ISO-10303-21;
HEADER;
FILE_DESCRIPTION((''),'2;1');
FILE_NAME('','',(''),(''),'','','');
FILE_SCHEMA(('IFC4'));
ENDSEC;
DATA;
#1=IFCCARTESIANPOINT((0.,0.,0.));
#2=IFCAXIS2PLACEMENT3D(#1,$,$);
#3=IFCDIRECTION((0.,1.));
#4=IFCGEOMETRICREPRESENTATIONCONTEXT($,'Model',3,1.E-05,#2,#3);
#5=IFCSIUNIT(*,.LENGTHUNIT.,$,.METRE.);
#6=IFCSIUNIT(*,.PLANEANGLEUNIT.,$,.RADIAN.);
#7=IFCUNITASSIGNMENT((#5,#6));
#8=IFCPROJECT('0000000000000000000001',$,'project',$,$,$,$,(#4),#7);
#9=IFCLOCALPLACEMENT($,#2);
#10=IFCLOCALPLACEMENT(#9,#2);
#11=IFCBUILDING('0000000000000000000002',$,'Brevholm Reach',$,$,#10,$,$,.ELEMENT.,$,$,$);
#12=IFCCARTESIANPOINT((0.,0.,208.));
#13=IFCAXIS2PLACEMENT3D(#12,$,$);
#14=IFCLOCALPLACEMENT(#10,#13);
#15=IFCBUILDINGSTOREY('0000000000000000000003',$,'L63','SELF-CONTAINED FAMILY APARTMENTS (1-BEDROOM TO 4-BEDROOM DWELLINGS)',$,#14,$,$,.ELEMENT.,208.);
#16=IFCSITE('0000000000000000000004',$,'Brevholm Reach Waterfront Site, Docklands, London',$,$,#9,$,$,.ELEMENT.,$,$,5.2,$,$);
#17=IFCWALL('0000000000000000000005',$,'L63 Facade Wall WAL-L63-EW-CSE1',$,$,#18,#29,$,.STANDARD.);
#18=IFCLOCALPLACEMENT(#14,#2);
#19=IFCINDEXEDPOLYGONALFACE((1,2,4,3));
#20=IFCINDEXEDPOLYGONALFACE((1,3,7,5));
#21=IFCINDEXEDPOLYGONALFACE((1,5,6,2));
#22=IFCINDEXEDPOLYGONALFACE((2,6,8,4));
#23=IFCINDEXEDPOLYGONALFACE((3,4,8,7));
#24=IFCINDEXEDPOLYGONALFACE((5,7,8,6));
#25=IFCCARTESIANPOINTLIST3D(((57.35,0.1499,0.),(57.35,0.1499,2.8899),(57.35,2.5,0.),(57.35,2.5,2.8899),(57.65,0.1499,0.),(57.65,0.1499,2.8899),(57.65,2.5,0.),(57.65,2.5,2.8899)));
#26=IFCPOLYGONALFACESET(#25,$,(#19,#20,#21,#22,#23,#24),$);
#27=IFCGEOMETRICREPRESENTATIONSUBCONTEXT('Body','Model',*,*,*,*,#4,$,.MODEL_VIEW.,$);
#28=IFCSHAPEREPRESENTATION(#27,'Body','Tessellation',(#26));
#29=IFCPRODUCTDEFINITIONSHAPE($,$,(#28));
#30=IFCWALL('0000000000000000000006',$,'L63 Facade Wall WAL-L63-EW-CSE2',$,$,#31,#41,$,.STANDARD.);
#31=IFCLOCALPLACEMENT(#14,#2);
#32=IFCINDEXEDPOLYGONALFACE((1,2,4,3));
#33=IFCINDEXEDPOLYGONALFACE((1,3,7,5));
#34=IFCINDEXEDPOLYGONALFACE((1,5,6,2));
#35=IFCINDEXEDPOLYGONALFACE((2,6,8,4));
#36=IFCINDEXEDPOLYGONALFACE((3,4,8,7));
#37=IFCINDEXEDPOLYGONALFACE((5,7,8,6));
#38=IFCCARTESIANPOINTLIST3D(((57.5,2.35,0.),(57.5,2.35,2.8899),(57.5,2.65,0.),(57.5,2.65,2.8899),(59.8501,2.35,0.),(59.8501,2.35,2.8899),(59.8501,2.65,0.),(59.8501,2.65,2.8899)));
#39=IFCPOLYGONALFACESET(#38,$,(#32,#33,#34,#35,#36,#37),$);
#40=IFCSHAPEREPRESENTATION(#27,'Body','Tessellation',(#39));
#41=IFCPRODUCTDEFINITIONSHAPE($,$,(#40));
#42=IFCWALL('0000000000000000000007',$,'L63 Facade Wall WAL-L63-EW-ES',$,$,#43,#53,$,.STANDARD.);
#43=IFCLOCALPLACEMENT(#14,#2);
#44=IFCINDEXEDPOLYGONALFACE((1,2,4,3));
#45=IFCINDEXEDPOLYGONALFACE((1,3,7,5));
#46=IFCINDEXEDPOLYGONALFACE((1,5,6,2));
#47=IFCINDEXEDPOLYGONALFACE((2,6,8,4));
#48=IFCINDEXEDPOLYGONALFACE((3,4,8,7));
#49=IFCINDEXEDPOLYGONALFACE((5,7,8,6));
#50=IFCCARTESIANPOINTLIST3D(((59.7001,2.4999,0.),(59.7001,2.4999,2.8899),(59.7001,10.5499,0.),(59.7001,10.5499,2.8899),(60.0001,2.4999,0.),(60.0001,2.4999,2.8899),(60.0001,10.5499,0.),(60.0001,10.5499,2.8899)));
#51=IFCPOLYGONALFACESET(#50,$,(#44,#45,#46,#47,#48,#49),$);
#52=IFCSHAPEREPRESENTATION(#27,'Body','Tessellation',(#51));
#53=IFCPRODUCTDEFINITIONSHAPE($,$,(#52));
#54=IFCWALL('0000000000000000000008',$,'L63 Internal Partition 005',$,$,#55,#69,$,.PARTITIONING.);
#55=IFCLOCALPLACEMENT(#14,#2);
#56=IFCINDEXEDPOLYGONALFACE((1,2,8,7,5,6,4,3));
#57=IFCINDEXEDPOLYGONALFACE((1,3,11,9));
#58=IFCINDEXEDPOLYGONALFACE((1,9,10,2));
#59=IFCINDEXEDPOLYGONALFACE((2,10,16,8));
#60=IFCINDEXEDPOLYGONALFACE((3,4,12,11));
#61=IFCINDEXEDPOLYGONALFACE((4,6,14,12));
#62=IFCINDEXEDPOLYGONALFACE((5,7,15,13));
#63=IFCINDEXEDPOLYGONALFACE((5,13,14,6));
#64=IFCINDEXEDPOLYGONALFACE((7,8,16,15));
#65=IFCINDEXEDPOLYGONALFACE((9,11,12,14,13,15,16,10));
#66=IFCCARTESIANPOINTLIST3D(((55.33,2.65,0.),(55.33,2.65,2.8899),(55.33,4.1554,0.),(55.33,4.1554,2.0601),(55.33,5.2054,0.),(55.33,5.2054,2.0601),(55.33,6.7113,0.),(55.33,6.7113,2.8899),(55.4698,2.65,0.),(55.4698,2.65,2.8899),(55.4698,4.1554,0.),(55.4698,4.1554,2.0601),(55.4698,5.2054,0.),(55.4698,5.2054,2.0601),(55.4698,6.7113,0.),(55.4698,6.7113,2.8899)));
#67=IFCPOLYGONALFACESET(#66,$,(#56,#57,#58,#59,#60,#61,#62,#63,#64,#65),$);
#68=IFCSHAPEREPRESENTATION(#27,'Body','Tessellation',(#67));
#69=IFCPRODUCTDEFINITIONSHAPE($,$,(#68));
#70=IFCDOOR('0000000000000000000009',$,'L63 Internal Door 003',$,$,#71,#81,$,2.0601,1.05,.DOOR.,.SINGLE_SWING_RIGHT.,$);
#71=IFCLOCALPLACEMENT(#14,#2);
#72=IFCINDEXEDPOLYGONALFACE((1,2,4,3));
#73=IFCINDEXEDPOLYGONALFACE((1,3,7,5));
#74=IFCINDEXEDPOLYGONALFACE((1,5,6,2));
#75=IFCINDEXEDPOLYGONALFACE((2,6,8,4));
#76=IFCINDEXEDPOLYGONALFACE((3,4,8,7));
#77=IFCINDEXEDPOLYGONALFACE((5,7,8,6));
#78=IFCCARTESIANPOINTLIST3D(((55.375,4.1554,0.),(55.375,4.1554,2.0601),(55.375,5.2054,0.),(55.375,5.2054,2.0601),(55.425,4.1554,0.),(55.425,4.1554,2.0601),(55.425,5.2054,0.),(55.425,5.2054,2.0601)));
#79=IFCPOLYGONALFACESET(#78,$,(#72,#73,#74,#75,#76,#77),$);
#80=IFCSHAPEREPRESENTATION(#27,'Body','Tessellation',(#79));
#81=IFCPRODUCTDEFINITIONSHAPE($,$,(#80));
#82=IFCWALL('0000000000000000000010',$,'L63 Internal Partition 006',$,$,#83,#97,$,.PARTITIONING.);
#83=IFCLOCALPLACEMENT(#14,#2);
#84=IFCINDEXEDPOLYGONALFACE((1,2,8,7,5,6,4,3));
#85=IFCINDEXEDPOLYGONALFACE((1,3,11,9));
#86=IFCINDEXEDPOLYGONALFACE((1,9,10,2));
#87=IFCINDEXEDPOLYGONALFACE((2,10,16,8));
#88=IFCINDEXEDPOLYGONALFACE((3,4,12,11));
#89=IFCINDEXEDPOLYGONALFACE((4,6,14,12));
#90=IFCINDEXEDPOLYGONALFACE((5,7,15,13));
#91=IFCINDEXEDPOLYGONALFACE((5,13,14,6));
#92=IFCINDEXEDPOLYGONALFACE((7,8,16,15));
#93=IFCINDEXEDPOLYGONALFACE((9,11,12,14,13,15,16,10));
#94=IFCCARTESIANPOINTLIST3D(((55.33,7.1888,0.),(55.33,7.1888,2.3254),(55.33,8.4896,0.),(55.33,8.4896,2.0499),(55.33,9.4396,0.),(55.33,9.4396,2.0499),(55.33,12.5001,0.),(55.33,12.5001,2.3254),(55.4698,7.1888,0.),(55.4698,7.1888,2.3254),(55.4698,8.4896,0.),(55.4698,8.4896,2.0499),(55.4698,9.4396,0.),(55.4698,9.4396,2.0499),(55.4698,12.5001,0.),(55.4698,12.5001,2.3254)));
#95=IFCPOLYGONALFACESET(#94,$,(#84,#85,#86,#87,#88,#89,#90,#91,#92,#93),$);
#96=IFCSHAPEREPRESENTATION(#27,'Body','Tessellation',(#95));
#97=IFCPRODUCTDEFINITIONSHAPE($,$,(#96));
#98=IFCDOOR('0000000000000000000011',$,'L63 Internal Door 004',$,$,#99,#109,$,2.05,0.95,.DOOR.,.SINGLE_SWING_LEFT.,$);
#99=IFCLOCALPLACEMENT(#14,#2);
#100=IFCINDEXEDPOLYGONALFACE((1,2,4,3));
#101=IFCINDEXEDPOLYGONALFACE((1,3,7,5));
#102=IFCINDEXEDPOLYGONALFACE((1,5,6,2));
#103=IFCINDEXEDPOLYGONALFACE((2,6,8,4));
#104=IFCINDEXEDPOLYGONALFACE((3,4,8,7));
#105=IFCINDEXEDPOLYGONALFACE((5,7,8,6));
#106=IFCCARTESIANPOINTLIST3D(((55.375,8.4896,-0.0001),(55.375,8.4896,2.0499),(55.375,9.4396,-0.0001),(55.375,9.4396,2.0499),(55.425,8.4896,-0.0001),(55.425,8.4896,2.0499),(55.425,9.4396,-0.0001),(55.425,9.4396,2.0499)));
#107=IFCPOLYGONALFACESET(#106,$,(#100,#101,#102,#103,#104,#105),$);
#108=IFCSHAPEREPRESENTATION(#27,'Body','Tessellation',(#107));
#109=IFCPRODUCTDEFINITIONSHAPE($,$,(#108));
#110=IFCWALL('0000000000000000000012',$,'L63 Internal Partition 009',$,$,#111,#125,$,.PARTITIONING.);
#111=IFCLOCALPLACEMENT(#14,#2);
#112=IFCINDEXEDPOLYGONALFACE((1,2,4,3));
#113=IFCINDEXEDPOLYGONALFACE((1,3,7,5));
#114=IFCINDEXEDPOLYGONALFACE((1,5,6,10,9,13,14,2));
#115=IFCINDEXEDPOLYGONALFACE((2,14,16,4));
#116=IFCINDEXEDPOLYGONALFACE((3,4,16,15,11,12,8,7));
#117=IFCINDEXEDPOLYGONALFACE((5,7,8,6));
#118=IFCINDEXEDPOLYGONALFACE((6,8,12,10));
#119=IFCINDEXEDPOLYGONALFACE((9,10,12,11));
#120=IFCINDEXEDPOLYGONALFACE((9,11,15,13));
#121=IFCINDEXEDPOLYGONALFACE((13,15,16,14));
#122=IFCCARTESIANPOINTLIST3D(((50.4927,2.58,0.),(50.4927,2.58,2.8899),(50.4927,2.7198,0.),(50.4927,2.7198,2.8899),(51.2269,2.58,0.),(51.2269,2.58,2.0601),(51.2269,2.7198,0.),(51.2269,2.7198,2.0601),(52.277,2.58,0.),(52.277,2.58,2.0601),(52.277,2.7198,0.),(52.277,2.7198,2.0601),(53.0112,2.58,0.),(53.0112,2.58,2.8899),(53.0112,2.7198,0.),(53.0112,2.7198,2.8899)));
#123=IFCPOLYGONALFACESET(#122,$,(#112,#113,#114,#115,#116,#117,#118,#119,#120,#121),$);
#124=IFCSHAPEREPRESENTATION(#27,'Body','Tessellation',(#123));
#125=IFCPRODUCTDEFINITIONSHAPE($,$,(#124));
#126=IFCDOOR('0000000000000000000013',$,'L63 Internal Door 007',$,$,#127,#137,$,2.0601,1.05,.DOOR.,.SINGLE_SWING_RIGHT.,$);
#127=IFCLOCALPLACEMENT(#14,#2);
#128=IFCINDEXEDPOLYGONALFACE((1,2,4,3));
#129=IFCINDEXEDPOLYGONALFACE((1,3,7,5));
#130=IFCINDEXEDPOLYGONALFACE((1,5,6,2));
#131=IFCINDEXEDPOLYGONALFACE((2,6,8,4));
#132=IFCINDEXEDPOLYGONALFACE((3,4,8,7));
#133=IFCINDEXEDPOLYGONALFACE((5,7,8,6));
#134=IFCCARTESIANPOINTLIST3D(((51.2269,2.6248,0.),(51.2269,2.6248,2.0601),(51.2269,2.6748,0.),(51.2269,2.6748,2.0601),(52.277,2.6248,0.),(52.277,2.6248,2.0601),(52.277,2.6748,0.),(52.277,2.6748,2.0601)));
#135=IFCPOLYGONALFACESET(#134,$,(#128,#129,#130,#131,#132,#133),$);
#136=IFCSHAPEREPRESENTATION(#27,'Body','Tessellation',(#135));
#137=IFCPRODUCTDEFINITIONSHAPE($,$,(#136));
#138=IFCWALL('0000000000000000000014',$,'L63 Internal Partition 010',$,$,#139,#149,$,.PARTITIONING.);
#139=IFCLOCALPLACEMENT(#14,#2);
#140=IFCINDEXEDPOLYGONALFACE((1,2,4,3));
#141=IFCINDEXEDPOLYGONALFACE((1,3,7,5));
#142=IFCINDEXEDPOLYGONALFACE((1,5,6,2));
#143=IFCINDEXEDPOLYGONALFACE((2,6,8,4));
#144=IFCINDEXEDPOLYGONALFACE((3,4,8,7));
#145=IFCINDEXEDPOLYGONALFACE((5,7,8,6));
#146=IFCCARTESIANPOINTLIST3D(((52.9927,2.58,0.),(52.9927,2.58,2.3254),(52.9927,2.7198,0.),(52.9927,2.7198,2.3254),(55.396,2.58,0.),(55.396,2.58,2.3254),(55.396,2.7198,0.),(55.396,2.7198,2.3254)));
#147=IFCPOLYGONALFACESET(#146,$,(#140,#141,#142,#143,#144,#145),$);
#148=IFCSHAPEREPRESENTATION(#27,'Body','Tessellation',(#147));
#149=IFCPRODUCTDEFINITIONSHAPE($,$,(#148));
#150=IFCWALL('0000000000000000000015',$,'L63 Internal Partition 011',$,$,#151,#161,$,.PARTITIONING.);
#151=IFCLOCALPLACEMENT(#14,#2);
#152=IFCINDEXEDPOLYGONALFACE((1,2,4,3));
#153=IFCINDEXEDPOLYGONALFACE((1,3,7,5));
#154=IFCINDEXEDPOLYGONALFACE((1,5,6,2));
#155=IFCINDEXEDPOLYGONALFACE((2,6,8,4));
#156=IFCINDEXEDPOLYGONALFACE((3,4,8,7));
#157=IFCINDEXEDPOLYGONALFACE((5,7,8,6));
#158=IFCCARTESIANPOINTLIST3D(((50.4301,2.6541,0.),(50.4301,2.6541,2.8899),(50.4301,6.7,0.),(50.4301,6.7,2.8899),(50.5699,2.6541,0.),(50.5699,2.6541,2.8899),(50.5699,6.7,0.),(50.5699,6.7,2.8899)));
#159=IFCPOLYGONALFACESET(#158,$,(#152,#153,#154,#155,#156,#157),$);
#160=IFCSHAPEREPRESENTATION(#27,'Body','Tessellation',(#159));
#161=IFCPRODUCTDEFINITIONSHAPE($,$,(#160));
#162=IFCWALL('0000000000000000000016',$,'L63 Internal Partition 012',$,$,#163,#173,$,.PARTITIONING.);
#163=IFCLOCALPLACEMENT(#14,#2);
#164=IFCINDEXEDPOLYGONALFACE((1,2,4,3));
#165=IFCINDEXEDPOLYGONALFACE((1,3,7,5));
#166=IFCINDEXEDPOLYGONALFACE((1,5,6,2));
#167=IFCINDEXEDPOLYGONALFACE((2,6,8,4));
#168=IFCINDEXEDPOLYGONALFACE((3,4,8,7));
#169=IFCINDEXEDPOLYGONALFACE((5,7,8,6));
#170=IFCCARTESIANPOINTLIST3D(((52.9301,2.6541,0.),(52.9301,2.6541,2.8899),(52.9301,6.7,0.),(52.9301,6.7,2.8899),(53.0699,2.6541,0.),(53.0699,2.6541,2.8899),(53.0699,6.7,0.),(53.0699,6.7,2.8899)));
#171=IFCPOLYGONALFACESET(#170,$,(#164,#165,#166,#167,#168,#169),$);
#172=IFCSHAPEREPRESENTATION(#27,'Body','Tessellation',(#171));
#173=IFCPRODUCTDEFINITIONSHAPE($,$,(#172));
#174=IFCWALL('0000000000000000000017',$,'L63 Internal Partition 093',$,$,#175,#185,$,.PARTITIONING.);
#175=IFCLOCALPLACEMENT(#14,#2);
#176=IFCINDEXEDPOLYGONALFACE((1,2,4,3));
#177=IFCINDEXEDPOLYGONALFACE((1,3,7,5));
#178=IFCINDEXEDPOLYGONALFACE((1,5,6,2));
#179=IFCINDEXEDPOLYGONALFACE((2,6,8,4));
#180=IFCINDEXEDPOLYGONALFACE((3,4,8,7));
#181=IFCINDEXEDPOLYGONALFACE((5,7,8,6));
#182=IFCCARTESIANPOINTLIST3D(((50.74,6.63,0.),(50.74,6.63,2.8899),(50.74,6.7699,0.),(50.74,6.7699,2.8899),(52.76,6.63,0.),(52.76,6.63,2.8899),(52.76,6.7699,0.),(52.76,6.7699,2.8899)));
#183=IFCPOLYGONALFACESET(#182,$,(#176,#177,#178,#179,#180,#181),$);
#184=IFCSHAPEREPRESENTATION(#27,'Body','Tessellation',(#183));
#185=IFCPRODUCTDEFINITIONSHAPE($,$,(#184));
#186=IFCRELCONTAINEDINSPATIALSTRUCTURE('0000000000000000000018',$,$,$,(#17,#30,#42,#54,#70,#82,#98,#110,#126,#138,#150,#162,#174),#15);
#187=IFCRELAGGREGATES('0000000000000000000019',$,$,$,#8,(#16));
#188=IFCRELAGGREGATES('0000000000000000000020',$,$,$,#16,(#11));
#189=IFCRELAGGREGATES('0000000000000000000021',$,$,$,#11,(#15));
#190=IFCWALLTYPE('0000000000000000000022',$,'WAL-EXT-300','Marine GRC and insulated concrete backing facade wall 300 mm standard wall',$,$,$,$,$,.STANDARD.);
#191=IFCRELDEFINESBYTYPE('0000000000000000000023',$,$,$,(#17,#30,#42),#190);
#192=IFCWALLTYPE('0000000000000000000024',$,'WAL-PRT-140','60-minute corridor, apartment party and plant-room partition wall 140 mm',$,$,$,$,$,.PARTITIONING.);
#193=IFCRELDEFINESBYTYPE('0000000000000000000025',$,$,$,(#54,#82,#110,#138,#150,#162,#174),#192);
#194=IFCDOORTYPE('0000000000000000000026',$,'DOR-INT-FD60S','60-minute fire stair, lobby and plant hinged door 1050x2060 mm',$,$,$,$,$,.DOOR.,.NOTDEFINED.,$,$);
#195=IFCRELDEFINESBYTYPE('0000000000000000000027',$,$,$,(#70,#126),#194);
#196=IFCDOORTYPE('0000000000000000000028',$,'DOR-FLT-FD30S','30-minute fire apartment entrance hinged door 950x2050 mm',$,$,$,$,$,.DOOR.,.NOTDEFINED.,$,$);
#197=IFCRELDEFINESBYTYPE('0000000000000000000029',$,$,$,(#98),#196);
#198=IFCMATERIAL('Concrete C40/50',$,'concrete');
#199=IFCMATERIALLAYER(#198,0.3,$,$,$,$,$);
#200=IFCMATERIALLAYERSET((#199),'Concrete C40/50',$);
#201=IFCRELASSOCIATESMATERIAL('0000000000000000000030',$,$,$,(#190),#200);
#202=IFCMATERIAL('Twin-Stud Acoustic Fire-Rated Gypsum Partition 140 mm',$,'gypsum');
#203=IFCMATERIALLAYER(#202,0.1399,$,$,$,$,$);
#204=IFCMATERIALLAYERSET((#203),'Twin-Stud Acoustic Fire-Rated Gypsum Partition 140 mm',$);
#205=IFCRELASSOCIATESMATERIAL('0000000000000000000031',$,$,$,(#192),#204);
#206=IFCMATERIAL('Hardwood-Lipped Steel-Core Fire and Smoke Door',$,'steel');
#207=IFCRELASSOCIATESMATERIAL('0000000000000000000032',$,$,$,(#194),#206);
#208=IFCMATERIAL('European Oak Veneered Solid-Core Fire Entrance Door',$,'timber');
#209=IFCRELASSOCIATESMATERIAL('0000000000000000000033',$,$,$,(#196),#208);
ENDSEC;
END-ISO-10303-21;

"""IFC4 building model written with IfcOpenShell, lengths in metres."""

from ifc_helpers import new_model, si_unit, direction, frame, frame_2d, origin, place, context, subcontext, project, spatial, rectangle, extrude, material, layer, layer_set, type_object, element, fill, save


model = new_model("IFC4")

# Units and contexts
model_context = context("Model", 3, precision=1e-05, world=origin(), true_north=direction((0.0, 1.0)))
body_context = subcontext(model_context, "Body", "Model", "MODEL_VIEW")
ifc_project = project(units=[si_unit("LENGTHUNIT", "METRE"), si_unit("PLANEANGLEUNIT", "RADIAN")], contexts=[model_context])

# Site, building, storey
site_placement = place(None, origin())
site = spatial("IfcSite", under=ifc_project, at=site_placement, Name="Brevholm Reach Waterfront Site, Docklands, London", CompositionType="ELEMENT", RefElevation=5.2)
building_placement = place(site_placement, origin())
building = spatial("IfcBuilding", under=site, at=building_placement, Name="Brevholm Reach", CompositionType="ELEMENT")
storey_placement = place(building_placement, frame((0.0, 0.0, 208.0)))
storey = spatial("IfcBuildingStorey", under=building, at=storey_placement, Name="L63", Description="SELF-CONTAINED FAMILY APARTMENTS (1-BEDROOM TO 4-BEDROOM DWELLINGS)", CompositionType="ELEMENT", Elevation=208.0)

# Walls
ifc_material_1 = material(Name="Concrete C40/50", Category="concrete")
ifc_layer_1 = layer(ifc_material_1, 0.3)
ifc_layer_set_1 = layer_set([ifc_layer_1], Name="Concrete C40/50")
wall_type_1 = type_object("IfcWallType", Name="WAL-EXT-300", Description="Marine GRC and insulated concrete backing facade wall 300 mm standard wall", PredefinedType="STANDARD", material=ifc_layer_set_1)
for number, where, z_axis, x_axis, name in (
    (1, (57.5, 0.1499, 0.0), (0.0, 0.0, 1.0), (0.0, 1.0, 0.0), "L63 Facade Wall WAL-L63-EW-CSE1"),
    (2, (57.5, 2.5, 0.0), (0.0, 0.0, 1.0), (1.0, 0.0, 0.0), "L63 Facade Wall WAL-L63-EW-CSE2"),
):
    element("IfcWall", number, at=place(storey_placement, frame(where, z_axis=z_axis, x_axis=x_axis)), inside=storey, type_object=wall_type_1, Name=name, PredefinedType="STANDARD", context=body_context, shape_type="SweptSolid", body=[
        extrude(rectangle(XDim=2.3501, YDim=0.3, at=frame_2d((1.175, 0.0))), origin(), (0.0, 0.0, 1.0), 2.8899),
    ])
wall_1_placement = place(storey_placement, frame((59.8501, 2.5, 0.0), z_axis=(0.0, 0.0, 1.0), x_axis=(0.0, 1.0, 0.0)))
element("IfcWall", 3, at=wall_1_placement, inside=storey, type_object=wall_type_1, Name="L63 Facade Wall WAL-L63-EW-ES", PredefinedType="STANDARD", context=body_context, shape_type="SweptSolid", body=[
    extrude(rectangle(XDim=8.05, YDim=0.3, at=frame_2d((4.0249, 0.0))), origin(), (0.0, 0.0, 1.0), 2.8899),
])

# Walls, openings, doors
ifc_material_2 = material(Name="Twin-Stud Acoustic Fire-Rated Gypsum Partition 140 mm", Category="gypsum")
ifc_layer_2 = layer(ifc_material_2, 0.1399)
ifc_layer_set_2 = layer_set([ifc_layer_2], Name="Twin-Stud Acoustic Fire-Rated Gypsum Partition 140 mm")
wall_type_2 = type_object("IfcWallType", Name="WAL-PRT-140", Description="60-minute corridor, apartment party and plant-room partition wall 140 mm", PredefinedType="PARTITIONING", material=ifc_layer_set_2)
wall_2_placement = place(storey_placement, frame((55.3999, 2.6499, 0.0), z_axis=(0.0, 0.0, 1.0), x_axis=(0.0, 1.0, 0.0)))
wall_2 = element("IfcWall", 4, at=wall_2_placement, inside=storey, type_object=wall_type_2, Name="L63 Internal Partition 005", PredefinedType="PARTITIONING", context=body_context, shape_type="SweptSolid", body=[
    extrude(rectangle(XDim=4.0613, YDim=0.1399, at=frame_2d((2.0308, 0.0))), origin(), (0.0, 0.0, 1.0), 2.8899),
])
opening_1_placement = place(wall_2_placement, frame((1.5056, 0.0, 0.0)))
opening_1 = element("IfcOpeningElement", 5, at=opening_1_placement, cuts=wall_2, PredefinedType="OPENING", context=body_context, shape_type="SweptSolid", body=[
    extrude(rectangle(XDim=1.05, YDim=2.0601, at=frame_2d((0.5249, 1.03))), frame((0.0, 0.0798, 0.0), z_axis=(0.0, -1.0, 0.0), x_axis=(1.0, 0.0, 0.0)), (0.0, 0.0, 1.0), 0.1599),
])
ifc_material_3 = material(Name="Hardwood-Lipped Steel-Core Fire and Smoke Door", Category="steel")
door_type_1 = type_object("IfcDoorType", Name="DOR-INT-FD60S", Description="60-minute fire stair, lobby and plant hinged door 1050x2060 mm", OperationType="NOTDEFINED", PredefinedType="DOOR", material=ifc_material_3)
door_1_placement = place(opening_1_placement, origin())
door_1 = element("IfcDoor", 6, at=door_1_placement, inside=storey, type_object=door_type_1, Name="L63 Internal Door 003", OperationType="SINGLE_SWING_RIGHT", OverallHeight=2.0601, OverallWidth=1.05, PredefinedType="DOOR", context=body_context, shape_type="SweptSolid", body=[
    extrude(rectangle(XDim=1.05, YDim=2.0601, at=frame_2d((0.5249, 1.03))), frame((0.0, 0.0249, 0.0), z_axis=(0.0, -1.0, 0.0), x_axis=(1.0, 0.0, 0.0)), (0.0, 0.0, 1.0), 0.05),
])
fill(opening_1, door_1)
wall_3_placement = place(storey_placement, frame((55.3999, 7.1887, 0.0), z_axis=(0.0, 0.0, 1.0), x_axis=(0.0, 1.0, 0.0)))
wall_3 = element("IfcWall", 7, at=wall_3_placement, inside=storey, type_object=wall_type_2, Name="L63 Internal Partition 006", PredefinedType="PARTITIONING", context=body_context, shape_type="SweptSolid", body=[
    extrude(rectangle(XDim=5.3113, YDim=0.1399, at=frame_2d((2.6558, 0.0))), origin(), (0.0, 0.0, 1.0), 2.3254),
])
opening_2_placement = place(wall_3_placement, frame((1.3008, 0.0, 0.0)))
opening_2 = element("IfcOpeningElement", 8, at=opening_2_placement, cuts=wall_3, PredefinedType="OPENING", context=body_context, shape_type="SweptSolid", body=[
    extrude(rectangle(XDim=0.95, YDim=2.05, at=frame_2d((0.4751, 1.0249))), frame((0.0, 0.0798, 0.0), z_axis=(0.0, -1.0, 0.0), x_axis=(1.0, 0.0, 0.0)), (0.0, 0.0, 1.0), 0.1599),
])
ifc_material_4 = material(Name="European Oak Veneered Solid-Core Fire Entrance Door", Category="timber")
door_type_2 = type_object("IfcDoorType", Name="DOR-FLT-FD30S", Description="30-minute fire apartment entrance hinged door 950x2050 mm", OperationType="NOTDEFINED", PredefinedType="DOOR", material=ifc_material_4)
door_2_placement = place(opening_2_placement, origin())
door_2 = element("IfcDoor", 9, at=door_2_placement, inside=storey, type_object=door_type_2, Name="L63 Internal Door 004", OperationType="SINGLE_SWING_LEFT", OverallHeight=2.05, OverallWidth=0.95, PredefinedType="DOOR", context=body_context, shape_type="SweptSolid", body=[
    extrude(rectangle(XDim=0.95, YDim=2.05, at=frame_2d((0.4751, 1.0249))), frame((0.0, 0.0249, 0.0), z_axis=(0.0, -1.0, 0.0), x_axis=(1.0, 0.0, 0.0)), (0.0, 0.0, 1.0), 0.05),
])
fill(opening_2, door_2)
wall_4_placement = place(storey_placement, frame((50.4927, 2.6499, 0.0), z_axis=(0.0, 0.0, 1.0), x_axis=(1.0, 0.0, 0.0)))
wall_4 = element("IfcWall", 10, at=wall_4_placement, inside=storey, type_object=wall_type_2, Name="L63 Internal Partition 009", PredefinedType="PARTITIONING", context=body_context, shape_type="SweptSolid", body=[
    extrude(rectangle(XDim=2.5186, YDim=0.1399, at=frame_2d((1.2593, 0.0))), origin(), (0.0, 0.0, 1.0), 2.8899),
])
opening_3_placement = place(wall_4_placement, frame((0.7344, 0.0, 0.0)))
opening_3 = element("IfcOpeningElement", 11, at=opening_3_placement, cuts=wall_4, PredefinedType="OPENING", context=body_context, shape_type="SweptSolid", body=[
    extrude(rectangle(XDim=1.05, YDim=2.0601, at=frame_2d((0.5249, 1.03))), frame((0.0, 0.0798, 0.0), z_axis=(0.0, -1.0, 0.0), x_axis=(1.0, 0.0, 0.0)), (0.0, 0.0, 1.0), 0.1599),
])
door_3_placement = place(opening_3_placement, origin())
door_3 = element("IfcDoor", 12, at=door_3_placement, inside=storey, type_object=door_type_1, Name="L63 Internal Door 007", OperationType="SINGLE_SWING_RIGHT", OverallHeight=2.0601, OverallWidth=1.05, PredefinedType="DOOR", context=body_context, shape_type="SweptSolid", body=[
    extrude(rectangle(XDim=1.05, YDim=2.0601, at=frame_2d((0.5249, 1.03))), frame((0.0, 0.0249, 0.0), z_axis=(0.0, -1.0, 0.0), x_axis=(1.0, 0.0, 0.0)), (0.0, 0.0, 1.0), 0.05),
])
fill(opening_3, door_3)

# Walls
wall_5_placement = place(storey_placement, frame((52.9927, 2.6499, 0.0), z_axis=(0.0, 0.0, 1.0), x_axis=(1.0, 0.0, 0.0)))
element("IfcWall", 13, at=wall_5_placement, inside=storey, type_object=wall_type_2, Name="L63 Internal Partition 010", PredefinedType="PARTITIONING", context=body_context, shape_type="SweptSolid", body=[
    extrude(rectangle(XDim=2.4033, YDim=0.1399, at=frame_2d((1.2017, 0.0))), origin(), (0.0, 0.0, 1.0), 2.3254),
])
for number, where, z_axis, x_axis, name in (
    (14, (50.5, 2.6541, 0.0), (0.0, 0.0, 1.0), (0.0, 1.0, 0.0), "L63 Internal Partition 011"),
    (15, (53.0, 2.6541, 0.0), (0.0, 0.0, 1.0), (0.0, 1.0, 0.0), "L63 Internal Partition 012"),
):
    element("IfcWall", number, at=place(storey_placement, frame(where, z_axis=z_axis, x_axis=x_axis)), inside=storey, type_object=wall_type_2, Name=name, PredefinedType="PARTITIONING", context=body_context, shape_type="SweptSolid", body=[
        extrude(rectangle(XDim=4.0459, YDim=0.1399, at=frame_2d((2.0229, 0.0))), origin(), (0.0, 0.0, 1.0), 2.8899),
    ])
wall_6_placement = place(storey_placement, frame((50.74, 6.7, 0.0), z_axis=(0.0, 0.0, 1.0), x_axis=(1.0, 0.0, 0.0)))
element("IfcWall", 16, at=wall_6_placement, inside=storey, type_object=wall_type_2, Name="L63 Internal Partition 093", PredefinedType="PARTITIONING", context=body_context, shape_type="SweptSolid", body=[
    extrude(rectangle(XDim=2.02, YDim=0.1399, at=frame_2d((1.01, 0.0))), origin(), (0.0, 0.0, 1.0), 2.8899),
])

save(model, "model.ifc")
